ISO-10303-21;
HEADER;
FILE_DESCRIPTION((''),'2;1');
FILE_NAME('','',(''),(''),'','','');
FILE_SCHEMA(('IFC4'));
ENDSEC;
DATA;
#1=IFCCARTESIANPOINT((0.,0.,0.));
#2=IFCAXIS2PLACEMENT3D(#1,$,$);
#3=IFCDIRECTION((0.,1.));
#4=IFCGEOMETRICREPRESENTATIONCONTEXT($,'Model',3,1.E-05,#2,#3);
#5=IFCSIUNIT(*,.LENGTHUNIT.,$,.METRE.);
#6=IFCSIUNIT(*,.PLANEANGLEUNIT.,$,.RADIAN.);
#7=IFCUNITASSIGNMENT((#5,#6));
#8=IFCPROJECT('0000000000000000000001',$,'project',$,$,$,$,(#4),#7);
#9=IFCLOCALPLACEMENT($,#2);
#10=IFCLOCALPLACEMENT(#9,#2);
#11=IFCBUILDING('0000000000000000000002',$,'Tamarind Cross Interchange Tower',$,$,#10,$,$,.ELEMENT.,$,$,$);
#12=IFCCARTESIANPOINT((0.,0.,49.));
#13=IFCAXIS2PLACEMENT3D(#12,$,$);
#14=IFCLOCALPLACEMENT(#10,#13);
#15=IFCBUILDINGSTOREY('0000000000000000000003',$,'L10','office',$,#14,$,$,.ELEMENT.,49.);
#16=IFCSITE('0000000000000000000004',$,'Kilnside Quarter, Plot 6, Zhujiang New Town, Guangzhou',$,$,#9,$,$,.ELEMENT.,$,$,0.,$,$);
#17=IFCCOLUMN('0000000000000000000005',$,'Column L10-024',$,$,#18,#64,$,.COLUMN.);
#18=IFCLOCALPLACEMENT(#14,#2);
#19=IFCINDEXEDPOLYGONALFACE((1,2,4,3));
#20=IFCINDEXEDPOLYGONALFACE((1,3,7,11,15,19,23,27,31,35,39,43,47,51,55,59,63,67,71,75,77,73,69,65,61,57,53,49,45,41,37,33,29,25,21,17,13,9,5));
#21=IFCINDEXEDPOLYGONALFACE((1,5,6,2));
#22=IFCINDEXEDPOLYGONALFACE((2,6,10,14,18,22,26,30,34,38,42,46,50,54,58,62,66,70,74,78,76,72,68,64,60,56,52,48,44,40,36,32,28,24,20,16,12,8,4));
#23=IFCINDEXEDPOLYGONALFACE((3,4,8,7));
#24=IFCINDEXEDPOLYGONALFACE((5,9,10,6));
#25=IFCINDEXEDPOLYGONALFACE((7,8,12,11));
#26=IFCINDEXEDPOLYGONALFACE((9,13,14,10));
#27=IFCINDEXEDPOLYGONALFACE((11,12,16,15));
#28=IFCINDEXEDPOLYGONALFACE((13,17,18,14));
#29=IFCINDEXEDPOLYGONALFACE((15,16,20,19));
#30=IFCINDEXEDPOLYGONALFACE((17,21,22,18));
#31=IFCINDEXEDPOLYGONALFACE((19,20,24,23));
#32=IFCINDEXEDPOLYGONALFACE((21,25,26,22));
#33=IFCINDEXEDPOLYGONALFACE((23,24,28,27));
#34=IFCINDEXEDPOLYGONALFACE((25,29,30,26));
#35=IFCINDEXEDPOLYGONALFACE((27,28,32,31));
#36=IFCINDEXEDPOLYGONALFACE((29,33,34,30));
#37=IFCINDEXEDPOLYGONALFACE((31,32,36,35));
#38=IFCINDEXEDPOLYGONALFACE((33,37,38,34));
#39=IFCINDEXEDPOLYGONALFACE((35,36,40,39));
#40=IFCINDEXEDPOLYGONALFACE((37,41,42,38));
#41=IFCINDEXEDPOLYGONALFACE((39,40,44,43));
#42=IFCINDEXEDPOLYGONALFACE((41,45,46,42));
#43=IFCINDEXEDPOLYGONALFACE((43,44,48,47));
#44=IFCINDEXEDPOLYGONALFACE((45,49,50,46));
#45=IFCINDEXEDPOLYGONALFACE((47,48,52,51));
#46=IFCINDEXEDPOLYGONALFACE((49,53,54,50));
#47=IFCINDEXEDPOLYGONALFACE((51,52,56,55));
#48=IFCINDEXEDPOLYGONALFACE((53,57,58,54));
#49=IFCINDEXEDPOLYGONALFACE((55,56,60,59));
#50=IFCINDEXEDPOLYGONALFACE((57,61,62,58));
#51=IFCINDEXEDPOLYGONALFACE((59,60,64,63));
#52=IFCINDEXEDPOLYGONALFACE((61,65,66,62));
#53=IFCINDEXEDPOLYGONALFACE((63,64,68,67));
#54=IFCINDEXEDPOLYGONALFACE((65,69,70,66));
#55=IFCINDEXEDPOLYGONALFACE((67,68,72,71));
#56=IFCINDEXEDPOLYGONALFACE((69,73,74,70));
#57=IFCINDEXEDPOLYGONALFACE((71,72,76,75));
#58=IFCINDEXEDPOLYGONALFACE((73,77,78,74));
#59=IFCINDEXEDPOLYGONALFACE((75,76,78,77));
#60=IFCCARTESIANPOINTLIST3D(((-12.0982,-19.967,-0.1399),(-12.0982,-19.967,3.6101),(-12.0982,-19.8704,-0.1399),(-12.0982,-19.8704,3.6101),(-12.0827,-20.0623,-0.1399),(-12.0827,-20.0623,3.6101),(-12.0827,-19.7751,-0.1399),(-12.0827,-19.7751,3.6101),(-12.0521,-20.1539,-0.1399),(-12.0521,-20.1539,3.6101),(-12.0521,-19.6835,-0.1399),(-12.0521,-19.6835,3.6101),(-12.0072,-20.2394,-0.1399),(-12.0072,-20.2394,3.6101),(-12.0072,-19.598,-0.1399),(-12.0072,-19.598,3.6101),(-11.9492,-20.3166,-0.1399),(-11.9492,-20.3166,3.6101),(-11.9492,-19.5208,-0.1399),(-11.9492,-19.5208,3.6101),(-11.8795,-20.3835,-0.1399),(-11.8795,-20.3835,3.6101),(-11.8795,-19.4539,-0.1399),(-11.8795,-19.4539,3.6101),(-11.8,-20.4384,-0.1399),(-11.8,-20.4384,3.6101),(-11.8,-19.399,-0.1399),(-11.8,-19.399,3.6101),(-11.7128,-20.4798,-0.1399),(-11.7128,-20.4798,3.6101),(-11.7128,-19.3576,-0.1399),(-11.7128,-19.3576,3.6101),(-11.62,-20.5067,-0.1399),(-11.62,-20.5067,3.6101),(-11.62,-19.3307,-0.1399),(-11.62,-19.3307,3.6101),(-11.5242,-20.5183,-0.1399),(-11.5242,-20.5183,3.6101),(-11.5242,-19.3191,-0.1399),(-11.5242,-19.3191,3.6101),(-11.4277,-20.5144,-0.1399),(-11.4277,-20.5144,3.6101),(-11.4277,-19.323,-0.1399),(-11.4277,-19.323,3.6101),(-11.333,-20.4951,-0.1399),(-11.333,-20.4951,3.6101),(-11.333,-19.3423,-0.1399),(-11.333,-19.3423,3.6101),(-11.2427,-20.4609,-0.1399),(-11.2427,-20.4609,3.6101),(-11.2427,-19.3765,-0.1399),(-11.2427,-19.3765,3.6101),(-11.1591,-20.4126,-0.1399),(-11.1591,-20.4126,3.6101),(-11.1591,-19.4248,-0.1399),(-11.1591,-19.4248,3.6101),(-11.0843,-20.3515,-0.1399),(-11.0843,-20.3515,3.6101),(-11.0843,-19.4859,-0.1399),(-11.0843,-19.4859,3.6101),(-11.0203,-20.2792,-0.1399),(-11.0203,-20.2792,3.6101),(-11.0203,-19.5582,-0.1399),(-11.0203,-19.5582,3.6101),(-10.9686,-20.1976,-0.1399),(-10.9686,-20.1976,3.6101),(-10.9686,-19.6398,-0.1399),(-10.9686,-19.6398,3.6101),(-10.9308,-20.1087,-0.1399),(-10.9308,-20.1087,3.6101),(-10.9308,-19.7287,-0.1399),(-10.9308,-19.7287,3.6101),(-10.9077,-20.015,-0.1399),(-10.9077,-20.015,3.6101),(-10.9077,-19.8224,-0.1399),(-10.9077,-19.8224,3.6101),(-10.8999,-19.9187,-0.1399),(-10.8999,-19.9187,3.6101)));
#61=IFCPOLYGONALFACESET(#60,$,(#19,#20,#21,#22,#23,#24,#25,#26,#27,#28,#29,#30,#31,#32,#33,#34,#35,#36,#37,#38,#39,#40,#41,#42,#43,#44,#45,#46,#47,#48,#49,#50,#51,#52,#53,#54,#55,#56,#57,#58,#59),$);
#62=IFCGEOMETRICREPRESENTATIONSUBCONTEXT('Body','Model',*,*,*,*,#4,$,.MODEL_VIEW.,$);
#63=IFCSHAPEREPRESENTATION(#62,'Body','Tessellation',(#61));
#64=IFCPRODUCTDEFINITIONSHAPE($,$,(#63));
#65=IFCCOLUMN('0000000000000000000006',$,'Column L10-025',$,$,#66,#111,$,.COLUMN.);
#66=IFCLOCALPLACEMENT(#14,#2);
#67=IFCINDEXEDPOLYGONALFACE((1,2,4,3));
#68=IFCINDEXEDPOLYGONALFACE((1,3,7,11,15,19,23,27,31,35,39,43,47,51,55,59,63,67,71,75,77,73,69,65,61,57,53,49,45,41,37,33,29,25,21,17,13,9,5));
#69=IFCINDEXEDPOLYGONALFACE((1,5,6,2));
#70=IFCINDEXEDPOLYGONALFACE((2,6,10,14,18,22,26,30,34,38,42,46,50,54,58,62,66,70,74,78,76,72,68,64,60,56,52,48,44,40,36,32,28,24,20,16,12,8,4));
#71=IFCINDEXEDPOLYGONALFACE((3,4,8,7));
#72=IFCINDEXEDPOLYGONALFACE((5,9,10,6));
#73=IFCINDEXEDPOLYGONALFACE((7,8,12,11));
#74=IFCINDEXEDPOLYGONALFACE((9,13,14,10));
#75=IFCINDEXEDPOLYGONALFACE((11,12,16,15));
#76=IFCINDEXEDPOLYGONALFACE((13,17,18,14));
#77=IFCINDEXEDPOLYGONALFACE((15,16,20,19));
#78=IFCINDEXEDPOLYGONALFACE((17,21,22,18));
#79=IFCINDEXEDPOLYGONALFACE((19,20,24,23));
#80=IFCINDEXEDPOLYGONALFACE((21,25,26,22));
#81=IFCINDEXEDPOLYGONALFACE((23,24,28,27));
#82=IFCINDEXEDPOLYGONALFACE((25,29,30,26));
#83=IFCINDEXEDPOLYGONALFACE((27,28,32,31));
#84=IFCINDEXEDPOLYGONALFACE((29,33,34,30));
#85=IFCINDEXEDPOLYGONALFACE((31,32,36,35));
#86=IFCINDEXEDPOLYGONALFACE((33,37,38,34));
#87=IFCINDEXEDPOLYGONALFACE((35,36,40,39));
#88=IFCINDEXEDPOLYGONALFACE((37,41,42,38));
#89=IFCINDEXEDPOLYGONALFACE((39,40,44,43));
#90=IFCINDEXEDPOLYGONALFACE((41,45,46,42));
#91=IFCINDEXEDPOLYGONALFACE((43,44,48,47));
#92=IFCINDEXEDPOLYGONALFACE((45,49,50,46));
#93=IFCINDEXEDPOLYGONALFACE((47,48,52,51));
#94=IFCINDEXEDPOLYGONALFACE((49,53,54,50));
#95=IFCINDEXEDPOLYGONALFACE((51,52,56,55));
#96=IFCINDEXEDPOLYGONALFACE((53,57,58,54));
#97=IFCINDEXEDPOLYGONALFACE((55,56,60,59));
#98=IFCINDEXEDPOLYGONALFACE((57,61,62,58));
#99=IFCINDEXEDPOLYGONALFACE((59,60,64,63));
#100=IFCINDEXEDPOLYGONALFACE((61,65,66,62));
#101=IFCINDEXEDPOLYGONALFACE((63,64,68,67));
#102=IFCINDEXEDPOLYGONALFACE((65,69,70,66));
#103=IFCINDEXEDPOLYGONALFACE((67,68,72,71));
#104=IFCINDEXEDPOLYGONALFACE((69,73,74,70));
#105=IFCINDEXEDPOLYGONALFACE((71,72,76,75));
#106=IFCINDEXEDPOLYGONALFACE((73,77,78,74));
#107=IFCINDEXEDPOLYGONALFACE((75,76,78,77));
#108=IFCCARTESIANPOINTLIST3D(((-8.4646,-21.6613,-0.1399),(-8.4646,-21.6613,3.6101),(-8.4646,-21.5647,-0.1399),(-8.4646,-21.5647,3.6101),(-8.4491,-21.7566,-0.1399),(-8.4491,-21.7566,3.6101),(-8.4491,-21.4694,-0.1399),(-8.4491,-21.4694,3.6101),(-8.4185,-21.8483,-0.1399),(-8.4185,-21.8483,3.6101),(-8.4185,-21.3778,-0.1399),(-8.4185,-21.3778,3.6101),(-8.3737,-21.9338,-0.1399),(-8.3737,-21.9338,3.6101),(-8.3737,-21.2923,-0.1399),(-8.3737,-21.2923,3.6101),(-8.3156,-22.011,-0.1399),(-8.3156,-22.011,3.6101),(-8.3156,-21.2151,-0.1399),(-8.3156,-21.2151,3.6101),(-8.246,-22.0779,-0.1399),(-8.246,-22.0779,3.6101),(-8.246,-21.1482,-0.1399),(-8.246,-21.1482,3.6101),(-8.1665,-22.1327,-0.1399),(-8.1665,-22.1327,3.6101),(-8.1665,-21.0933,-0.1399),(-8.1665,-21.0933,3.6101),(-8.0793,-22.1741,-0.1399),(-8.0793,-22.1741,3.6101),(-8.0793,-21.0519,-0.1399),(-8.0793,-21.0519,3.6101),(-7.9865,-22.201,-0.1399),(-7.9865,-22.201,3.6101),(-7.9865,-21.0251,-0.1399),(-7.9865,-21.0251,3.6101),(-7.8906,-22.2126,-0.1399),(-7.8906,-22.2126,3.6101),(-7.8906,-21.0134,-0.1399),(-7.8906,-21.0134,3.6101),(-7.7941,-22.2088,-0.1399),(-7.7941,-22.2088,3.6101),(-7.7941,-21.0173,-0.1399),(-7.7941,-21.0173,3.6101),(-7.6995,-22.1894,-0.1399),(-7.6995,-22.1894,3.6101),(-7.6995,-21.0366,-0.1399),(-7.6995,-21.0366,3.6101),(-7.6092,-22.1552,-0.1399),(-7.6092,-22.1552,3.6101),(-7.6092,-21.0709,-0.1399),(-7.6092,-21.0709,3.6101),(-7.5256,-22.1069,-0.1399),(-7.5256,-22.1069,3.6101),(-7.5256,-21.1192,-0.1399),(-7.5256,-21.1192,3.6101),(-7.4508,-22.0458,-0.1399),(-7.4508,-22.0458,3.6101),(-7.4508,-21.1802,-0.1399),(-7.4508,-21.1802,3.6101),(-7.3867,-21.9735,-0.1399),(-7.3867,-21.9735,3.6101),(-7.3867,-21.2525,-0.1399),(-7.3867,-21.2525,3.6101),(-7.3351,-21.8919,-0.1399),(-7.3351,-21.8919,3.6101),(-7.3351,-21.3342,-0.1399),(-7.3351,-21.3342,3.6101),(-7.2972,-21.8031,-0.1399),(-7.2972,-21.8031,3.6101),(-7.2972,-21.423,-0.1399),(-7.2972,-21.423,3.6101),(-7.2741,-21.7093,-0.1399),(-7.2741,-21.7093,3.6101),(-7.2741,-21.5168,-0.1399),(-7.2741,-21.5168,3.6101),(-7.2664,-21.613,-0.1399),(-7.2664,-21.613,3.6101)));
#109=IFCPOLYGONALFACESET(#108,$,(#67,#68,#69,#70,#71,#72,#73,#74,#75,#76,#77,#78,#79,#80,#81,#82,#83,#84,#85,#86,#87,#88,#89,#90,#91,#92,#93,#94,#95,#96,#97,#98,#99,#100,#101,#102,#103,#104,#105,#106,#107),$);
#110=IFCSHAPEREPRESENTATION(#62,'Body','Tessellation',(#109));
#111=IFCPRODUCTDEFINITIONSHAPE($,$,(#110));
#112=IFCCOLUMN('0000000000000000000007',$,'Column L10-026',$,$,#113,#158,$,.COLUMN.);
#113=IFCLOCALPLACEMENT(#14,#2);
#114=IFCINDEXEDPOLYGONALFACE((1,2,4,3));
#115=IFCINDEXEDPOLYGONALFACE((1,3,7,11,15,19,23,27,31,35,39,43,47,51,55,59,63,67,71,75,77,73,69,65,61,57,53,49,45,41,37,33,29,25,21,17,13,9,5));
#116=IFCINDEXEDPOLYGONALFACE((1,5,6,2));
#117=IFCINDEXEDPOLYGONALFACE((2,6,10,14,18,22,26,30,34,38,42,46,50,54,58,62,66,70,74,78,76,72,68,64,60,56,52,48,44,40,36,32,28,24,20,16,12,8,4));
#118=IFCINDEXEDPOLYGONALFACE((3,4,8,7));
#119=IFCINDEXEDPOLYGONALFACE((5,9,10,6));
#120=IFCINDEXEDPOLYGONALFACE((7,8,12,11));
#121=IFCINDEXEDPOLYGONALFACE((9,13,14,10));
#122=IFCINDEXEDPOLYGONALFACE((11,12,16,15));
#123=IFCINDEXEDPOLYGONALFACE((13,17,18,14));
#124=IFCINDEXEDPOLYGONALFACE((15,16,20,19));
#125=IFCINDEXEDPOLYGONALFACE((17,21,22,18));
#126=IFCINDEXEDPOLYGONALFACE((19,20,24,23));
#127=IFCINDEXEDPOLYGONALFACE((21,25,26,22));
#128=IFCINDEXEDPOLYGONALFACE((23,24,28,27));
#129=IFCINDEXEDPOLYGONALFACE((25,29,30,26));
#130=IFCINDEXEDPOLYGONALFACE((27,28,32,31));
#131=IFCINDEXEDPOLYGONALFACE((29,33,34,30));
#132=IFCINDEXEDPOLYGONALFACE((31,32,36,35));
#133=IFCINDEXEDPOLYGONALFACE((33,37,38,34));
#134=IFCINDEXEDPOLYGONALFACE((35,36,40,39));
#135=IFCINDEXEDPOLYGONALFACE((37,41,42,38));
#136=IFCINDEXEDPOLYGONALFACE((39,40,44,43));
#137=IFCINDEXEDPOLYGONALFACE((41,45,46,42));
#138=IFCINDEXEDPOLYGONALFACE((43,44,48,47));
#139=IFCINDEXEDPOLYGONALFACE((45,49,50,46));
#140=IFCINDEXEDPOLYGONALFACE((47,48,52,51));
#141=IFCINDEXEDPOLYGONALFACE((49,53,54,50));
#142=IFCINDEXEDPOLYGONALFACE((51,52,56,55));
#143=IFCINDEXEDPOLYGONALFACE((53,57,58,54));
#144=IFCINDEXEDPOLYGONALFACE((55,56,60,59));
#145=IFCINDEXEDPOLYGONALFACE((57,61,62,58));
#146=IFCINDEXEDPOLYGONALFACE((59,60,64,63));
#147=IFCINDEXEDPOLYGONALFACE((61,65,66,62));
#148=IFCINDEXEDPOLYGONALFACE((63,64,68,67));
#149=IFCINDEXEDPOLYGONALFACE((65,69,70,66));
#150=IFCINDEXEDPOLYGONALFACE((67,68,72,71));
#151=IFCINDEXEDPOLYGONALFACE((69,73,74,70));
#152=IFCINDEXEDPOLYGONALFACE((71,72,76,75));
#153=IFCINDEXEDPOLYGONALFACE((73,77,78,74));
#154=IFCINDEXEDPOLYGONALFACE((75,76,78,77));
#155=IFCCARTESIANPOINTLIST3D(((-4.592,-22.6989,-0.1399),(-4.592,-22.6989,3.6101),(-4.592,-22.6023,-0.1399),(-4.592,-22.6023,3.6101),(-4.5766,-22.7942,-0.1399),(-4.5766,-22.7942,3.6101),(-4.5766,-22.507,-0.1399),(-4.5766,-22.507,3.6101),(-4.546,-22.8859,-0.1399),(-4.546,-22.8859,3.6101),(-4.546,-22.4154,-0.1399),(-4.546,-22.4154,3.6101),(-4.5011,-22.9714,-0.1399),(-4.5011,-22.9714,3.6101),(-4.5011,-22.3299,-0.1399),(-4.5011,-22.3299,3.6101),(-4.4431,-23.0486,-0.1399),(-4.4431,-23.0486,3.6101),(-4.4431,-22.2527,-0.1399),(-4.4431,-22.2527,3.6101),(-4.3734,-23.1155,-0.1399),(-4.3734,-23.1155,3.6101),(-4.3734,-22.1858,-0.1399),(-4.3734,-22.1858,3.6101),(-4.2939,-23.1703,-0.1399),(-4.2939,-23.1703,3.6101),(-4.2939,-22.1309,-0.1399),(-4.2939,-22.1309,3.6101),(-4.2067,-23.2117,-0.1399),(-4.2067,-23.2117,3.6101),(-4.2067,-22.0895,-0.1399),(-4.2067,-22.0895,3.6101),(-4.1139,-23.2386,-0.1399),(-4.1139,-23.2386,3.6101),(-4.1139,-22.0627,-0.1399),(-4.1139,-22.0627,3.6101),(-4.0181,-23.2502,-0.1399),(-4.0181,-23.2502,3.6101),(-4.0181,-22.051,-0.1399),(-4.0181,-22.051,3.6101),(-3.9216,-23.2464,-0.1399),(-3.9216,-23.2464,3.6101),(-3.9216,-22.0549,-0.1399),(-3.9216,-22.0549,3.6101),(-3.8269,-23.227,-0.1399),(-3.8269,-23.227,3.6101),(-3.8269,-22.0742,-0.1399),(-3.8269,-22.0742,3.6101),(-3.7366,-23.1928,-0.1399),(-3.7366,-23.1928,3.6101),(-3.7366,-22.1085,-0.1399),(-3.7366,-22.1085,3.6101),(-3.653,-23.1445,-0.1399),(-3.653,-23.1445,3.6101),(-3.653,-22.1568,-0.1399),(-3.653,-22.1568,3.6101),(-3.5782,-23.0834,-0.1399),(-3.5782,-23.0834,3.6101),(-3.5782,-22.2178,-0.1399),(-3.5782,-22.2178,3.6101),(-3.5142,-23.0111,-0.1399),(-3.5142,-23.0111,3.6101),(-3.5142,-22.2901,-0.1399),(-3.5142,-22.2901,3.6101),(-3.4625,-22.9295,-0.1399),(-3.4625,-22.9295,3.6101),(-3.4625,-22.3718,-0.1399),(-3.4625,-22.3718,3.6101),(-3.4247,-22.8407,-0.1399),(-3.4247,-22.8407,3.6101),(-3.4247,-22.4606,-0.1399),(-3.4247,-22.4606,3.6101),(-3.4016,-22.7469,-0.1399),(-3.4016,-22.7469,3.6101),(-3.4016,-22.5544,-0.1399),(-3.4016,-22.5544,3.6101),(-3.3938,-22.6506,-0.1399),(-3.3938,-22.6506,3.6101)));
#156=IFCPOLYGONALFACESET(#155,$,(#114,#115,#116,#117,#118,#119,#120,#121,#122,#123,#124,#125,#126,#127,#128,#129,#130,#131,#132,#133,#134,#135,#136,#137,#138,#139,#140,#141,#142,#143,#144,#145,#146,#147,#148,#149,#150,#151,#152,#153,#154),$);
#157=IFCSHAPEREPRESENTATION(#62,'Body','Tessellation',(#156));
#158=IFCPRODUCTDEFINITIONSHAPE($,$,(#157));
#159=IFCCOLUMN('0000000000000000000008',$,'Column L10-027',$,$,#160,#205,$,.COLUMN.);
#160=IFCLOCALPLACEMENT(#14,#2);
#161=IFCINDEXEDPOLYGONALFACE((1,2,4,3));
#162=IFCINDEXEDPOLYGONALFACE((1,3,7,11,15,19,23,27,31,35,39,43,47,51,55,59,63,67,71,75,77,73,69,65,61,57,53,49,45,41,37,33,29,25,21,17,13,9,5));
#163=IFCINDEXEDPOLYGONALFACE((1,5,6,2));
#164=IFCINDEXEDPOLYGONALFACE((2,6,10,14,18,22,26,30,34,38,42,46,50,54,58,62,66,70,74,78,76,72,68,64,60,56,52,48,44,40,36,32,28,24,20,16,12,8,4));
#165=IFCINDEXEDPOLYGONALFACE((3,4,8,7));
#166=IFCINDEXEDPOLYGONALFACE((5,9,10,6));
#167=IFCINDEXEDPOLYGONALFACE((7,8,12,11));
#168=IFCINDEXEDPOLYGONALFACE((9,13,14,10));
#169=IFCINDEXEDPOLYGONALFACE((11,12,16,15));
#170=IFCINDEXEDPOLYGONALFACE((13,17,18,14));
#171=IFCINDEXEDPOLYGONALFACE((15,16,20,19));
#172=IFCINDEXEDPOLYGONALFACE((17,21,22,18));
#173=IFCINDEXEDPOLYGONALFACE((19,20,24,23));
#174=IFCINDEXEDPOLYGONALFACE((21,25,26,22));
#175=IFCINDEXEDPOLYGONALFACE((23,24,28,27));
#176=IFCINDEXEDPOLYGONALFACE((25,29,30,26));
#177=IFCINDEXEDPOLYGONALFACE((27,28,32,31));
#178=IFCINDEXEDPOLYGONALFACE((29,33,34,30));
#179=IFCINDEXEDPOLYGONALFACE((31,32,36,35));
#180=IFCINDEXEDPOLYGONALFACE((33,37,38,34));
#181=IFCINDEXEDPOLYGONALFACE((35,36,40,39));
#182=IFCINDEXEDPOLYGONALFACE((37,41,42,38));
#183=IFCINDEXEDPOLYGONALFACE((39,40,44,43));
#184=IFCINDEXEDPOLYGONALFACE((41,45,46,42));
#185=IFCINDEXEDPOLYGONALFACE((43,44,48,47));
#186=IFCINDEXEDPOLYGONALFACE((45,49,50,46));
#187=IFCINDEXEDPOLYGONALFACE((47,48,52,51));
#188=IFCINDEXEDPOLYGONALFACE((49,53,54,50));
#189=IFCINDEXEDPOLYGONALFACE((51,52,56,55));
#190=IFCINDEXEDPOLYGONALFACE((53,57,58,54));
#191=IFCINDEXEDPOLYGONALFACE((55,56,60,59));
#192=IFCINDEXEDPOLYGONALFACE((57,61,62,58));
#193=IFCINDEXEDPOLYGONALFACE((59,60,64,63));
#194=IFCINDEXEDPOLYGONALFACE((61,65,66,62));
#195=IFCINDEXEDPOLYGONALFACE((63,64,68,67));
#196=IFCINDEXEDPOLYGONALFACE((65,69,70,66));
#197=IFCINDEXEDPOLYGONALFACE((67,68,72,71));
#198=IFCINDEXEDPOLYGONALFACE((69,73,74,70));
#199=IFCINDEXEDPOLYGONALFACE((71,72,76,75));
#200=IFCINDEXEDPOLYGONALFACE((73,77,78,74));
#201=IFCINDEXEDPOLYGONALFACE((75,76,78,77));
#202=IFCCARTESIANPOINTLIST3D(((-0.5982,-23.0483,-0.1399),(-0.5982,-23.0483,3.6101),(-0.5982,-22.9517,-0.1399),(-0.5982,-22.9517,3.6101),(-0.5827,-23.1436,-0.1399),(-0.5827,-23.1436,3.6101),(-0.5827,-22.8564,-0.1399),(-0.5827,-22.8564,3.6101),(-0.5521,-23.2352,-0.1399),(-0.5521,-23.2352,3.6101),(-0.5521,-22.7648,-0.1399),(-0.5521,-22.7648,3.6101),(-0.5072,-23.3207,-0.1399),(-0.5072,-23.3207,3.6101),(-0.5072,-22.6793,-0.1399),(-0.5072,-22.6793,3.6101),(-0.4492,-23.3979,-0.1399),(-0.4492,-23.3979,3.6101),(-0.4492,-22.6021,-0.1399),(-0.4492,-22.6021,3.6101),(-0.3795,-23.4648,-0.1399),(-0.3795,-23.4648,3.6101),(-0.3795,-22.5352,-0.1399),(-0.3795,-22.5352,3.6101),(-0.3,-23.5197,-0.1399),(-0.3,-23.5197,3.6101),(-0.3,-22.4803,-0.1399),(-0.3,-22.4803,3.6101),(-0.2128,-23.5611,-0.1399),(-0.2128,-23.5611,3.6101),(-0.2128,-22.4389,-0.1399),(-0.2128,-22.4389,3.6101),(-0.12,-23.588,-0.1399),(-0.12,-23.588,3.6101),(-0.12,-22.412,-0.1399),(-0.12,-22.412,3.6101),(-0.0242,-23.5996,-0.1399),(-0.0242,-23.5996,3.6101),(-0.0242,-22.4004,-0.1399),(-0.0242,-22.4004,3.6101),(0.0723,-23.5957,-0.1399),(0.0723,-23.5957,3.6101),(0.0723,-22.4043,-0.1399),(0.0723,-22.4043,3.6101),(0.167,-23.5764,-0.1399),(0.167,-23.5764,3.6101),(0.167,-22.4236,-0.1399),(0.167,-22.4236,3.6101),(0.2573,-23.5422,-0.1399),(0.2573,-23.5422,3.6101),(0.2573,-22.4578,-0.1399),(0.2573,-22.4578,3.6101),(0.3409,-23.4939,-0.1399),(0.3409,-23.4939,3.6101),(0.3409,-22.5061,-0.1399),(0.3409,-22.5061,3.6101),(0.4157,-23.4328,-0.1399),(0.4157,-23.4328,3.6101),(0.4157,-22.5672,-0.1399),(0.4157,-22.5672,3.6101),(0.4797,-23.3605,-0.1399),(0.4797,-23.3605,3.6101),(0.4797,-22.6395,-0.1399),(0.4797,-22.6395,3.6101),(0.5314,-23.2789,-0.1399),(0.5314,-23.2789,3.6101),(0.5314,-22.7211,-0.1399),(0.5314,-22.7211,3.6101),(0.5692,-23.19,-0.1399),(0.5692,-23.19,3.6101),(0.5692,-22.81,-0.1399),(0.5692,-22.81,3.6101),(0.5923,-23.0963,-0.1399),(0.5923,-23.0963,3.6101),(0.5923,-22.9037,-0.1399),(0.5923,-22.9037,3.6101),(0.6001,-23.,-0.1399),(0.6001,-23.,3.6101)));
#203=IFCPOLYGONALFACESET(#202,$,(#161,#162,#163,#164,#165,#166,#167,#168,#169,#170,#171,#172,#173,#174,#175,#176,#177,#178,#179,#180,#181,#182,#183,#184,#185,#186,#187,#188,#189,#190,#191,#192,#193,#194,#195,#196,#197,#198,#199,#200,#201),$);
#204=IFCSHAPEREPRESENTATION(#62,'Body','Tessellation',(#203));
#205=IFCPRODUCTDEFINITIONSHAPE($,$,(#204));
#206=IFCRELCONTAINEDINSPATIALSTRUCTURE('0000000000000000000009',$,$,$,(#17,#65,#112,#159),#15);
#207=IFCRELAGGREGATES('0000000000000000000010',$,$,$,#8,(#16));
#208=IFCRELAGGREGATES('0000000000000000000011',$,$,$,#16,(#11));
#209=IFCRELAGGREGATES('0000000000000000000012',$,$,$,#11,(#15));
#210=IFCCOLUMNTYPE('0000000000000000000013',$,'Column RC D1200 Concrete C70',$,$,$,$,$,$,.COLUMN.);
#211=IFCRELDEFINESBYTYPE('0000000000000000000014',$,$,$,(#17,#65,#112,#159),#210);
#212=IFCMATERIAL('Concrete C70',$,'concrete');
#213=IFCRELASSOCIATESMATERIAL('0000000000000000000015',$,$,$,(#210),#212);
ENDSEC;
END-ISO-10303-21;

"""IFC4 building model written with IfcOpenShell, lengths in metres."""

from ifc_helpers import new_model, si_unit, direction, frame, origin, origin_2d, place, context, subcontext, project, spatial, circle, extrude, material, material_profile, profile_set, type_object, element, save


model = new_model("IFC4")

# Units and contexts
model_context = context("Model", 3, precision=1e-05, world=origin(), true_north=direction((0.0, 1.0)))
body_context = subcontext(model_context, "Body", "Model", "MODEL_VIEW")
ifc_project = project(units=[si_unit("LENGTHUNIT", "METRE"), si_unit("PLANEANGLEUNIT", "RADIAN")], contexts=[model_context])

# Site, building, storey
site_placement = place(None, origin())
site = spatial("IfcSite", under=ifc_project, at=site_placement, Name="Kilnside Quarter, Plot 6, Zhujiang New Town, Guangzhou", CompositionType="ELEMENT", RefElevation=0.0)
building_placement = place(site_placement, origin())
building = spatial("IfcBuilding", under=site, at=building_placement, Name="Tamarind Cross Interchange Tower", CompositionType="ELEMENT")
storey_placement = place(building_placement, frame((0.0, 0.0, 49.0)))
storey = spatial("IfcBuildingStorey", under=building, at=storey_placement, Name="L10", Description="office", CompositionType="ELEMENT", Elevation=49.0)

# Columns
ifc_material_1 = material(Name="Concrete C70", Category="concrete")
ifc_material_profile_1 = material_profile(ifc_material_1, circle(Radius=0.6001, at=origin_2d()), Name="RC D1200")
ifc_profile_set_1 = profile_set([ifc_material_profile_1], Name="Concrete C70")
column_type = type_object("IfcColumnType", Name="Column RC D1200 Concrete C70", PredefinedType="COLUMN", material=ifc_profile_set_1)
for number, where, z_axis, x_axis, name in (
    (1, (-11.5, -19.9187, -0.1399), (0.0, 0.0, 1.0), (1.0, 0.0, 0.0), "Column L10-024"),
    (2, (-7.8665, -21.613, -0.1399), (0.0, 0.0, 1.0), (1.0, 0.0, 0.0), "Column L10-025"),
    (3, (-3.9939, -22.6506, -0.1399), (0.0, 0.0, 1.0), (1.0, 0.0, 0.0), "Column L10-026"),
    (4, (0.0, -23.0, -0.1399), (0.0, 0.0, 1.0), (1.0, 0.0, 0.0), "Column L10-027"),
):
    element("IfcColumn", number, at=place(storey_placement, frame(where, z_axis=z_axis, x_axis=x_axis)), inside=storey, type_object=column_type, Name=name, PredefinedType="COLUMN", context=body_context, shape_type="SweptSolid", body=[
        extrude(circle(Radius=0.6001, at=origin_2d()), origin(), (0.0, 0.0, 1.0), 3.75),
    ])

save(model, "model.ifc")
